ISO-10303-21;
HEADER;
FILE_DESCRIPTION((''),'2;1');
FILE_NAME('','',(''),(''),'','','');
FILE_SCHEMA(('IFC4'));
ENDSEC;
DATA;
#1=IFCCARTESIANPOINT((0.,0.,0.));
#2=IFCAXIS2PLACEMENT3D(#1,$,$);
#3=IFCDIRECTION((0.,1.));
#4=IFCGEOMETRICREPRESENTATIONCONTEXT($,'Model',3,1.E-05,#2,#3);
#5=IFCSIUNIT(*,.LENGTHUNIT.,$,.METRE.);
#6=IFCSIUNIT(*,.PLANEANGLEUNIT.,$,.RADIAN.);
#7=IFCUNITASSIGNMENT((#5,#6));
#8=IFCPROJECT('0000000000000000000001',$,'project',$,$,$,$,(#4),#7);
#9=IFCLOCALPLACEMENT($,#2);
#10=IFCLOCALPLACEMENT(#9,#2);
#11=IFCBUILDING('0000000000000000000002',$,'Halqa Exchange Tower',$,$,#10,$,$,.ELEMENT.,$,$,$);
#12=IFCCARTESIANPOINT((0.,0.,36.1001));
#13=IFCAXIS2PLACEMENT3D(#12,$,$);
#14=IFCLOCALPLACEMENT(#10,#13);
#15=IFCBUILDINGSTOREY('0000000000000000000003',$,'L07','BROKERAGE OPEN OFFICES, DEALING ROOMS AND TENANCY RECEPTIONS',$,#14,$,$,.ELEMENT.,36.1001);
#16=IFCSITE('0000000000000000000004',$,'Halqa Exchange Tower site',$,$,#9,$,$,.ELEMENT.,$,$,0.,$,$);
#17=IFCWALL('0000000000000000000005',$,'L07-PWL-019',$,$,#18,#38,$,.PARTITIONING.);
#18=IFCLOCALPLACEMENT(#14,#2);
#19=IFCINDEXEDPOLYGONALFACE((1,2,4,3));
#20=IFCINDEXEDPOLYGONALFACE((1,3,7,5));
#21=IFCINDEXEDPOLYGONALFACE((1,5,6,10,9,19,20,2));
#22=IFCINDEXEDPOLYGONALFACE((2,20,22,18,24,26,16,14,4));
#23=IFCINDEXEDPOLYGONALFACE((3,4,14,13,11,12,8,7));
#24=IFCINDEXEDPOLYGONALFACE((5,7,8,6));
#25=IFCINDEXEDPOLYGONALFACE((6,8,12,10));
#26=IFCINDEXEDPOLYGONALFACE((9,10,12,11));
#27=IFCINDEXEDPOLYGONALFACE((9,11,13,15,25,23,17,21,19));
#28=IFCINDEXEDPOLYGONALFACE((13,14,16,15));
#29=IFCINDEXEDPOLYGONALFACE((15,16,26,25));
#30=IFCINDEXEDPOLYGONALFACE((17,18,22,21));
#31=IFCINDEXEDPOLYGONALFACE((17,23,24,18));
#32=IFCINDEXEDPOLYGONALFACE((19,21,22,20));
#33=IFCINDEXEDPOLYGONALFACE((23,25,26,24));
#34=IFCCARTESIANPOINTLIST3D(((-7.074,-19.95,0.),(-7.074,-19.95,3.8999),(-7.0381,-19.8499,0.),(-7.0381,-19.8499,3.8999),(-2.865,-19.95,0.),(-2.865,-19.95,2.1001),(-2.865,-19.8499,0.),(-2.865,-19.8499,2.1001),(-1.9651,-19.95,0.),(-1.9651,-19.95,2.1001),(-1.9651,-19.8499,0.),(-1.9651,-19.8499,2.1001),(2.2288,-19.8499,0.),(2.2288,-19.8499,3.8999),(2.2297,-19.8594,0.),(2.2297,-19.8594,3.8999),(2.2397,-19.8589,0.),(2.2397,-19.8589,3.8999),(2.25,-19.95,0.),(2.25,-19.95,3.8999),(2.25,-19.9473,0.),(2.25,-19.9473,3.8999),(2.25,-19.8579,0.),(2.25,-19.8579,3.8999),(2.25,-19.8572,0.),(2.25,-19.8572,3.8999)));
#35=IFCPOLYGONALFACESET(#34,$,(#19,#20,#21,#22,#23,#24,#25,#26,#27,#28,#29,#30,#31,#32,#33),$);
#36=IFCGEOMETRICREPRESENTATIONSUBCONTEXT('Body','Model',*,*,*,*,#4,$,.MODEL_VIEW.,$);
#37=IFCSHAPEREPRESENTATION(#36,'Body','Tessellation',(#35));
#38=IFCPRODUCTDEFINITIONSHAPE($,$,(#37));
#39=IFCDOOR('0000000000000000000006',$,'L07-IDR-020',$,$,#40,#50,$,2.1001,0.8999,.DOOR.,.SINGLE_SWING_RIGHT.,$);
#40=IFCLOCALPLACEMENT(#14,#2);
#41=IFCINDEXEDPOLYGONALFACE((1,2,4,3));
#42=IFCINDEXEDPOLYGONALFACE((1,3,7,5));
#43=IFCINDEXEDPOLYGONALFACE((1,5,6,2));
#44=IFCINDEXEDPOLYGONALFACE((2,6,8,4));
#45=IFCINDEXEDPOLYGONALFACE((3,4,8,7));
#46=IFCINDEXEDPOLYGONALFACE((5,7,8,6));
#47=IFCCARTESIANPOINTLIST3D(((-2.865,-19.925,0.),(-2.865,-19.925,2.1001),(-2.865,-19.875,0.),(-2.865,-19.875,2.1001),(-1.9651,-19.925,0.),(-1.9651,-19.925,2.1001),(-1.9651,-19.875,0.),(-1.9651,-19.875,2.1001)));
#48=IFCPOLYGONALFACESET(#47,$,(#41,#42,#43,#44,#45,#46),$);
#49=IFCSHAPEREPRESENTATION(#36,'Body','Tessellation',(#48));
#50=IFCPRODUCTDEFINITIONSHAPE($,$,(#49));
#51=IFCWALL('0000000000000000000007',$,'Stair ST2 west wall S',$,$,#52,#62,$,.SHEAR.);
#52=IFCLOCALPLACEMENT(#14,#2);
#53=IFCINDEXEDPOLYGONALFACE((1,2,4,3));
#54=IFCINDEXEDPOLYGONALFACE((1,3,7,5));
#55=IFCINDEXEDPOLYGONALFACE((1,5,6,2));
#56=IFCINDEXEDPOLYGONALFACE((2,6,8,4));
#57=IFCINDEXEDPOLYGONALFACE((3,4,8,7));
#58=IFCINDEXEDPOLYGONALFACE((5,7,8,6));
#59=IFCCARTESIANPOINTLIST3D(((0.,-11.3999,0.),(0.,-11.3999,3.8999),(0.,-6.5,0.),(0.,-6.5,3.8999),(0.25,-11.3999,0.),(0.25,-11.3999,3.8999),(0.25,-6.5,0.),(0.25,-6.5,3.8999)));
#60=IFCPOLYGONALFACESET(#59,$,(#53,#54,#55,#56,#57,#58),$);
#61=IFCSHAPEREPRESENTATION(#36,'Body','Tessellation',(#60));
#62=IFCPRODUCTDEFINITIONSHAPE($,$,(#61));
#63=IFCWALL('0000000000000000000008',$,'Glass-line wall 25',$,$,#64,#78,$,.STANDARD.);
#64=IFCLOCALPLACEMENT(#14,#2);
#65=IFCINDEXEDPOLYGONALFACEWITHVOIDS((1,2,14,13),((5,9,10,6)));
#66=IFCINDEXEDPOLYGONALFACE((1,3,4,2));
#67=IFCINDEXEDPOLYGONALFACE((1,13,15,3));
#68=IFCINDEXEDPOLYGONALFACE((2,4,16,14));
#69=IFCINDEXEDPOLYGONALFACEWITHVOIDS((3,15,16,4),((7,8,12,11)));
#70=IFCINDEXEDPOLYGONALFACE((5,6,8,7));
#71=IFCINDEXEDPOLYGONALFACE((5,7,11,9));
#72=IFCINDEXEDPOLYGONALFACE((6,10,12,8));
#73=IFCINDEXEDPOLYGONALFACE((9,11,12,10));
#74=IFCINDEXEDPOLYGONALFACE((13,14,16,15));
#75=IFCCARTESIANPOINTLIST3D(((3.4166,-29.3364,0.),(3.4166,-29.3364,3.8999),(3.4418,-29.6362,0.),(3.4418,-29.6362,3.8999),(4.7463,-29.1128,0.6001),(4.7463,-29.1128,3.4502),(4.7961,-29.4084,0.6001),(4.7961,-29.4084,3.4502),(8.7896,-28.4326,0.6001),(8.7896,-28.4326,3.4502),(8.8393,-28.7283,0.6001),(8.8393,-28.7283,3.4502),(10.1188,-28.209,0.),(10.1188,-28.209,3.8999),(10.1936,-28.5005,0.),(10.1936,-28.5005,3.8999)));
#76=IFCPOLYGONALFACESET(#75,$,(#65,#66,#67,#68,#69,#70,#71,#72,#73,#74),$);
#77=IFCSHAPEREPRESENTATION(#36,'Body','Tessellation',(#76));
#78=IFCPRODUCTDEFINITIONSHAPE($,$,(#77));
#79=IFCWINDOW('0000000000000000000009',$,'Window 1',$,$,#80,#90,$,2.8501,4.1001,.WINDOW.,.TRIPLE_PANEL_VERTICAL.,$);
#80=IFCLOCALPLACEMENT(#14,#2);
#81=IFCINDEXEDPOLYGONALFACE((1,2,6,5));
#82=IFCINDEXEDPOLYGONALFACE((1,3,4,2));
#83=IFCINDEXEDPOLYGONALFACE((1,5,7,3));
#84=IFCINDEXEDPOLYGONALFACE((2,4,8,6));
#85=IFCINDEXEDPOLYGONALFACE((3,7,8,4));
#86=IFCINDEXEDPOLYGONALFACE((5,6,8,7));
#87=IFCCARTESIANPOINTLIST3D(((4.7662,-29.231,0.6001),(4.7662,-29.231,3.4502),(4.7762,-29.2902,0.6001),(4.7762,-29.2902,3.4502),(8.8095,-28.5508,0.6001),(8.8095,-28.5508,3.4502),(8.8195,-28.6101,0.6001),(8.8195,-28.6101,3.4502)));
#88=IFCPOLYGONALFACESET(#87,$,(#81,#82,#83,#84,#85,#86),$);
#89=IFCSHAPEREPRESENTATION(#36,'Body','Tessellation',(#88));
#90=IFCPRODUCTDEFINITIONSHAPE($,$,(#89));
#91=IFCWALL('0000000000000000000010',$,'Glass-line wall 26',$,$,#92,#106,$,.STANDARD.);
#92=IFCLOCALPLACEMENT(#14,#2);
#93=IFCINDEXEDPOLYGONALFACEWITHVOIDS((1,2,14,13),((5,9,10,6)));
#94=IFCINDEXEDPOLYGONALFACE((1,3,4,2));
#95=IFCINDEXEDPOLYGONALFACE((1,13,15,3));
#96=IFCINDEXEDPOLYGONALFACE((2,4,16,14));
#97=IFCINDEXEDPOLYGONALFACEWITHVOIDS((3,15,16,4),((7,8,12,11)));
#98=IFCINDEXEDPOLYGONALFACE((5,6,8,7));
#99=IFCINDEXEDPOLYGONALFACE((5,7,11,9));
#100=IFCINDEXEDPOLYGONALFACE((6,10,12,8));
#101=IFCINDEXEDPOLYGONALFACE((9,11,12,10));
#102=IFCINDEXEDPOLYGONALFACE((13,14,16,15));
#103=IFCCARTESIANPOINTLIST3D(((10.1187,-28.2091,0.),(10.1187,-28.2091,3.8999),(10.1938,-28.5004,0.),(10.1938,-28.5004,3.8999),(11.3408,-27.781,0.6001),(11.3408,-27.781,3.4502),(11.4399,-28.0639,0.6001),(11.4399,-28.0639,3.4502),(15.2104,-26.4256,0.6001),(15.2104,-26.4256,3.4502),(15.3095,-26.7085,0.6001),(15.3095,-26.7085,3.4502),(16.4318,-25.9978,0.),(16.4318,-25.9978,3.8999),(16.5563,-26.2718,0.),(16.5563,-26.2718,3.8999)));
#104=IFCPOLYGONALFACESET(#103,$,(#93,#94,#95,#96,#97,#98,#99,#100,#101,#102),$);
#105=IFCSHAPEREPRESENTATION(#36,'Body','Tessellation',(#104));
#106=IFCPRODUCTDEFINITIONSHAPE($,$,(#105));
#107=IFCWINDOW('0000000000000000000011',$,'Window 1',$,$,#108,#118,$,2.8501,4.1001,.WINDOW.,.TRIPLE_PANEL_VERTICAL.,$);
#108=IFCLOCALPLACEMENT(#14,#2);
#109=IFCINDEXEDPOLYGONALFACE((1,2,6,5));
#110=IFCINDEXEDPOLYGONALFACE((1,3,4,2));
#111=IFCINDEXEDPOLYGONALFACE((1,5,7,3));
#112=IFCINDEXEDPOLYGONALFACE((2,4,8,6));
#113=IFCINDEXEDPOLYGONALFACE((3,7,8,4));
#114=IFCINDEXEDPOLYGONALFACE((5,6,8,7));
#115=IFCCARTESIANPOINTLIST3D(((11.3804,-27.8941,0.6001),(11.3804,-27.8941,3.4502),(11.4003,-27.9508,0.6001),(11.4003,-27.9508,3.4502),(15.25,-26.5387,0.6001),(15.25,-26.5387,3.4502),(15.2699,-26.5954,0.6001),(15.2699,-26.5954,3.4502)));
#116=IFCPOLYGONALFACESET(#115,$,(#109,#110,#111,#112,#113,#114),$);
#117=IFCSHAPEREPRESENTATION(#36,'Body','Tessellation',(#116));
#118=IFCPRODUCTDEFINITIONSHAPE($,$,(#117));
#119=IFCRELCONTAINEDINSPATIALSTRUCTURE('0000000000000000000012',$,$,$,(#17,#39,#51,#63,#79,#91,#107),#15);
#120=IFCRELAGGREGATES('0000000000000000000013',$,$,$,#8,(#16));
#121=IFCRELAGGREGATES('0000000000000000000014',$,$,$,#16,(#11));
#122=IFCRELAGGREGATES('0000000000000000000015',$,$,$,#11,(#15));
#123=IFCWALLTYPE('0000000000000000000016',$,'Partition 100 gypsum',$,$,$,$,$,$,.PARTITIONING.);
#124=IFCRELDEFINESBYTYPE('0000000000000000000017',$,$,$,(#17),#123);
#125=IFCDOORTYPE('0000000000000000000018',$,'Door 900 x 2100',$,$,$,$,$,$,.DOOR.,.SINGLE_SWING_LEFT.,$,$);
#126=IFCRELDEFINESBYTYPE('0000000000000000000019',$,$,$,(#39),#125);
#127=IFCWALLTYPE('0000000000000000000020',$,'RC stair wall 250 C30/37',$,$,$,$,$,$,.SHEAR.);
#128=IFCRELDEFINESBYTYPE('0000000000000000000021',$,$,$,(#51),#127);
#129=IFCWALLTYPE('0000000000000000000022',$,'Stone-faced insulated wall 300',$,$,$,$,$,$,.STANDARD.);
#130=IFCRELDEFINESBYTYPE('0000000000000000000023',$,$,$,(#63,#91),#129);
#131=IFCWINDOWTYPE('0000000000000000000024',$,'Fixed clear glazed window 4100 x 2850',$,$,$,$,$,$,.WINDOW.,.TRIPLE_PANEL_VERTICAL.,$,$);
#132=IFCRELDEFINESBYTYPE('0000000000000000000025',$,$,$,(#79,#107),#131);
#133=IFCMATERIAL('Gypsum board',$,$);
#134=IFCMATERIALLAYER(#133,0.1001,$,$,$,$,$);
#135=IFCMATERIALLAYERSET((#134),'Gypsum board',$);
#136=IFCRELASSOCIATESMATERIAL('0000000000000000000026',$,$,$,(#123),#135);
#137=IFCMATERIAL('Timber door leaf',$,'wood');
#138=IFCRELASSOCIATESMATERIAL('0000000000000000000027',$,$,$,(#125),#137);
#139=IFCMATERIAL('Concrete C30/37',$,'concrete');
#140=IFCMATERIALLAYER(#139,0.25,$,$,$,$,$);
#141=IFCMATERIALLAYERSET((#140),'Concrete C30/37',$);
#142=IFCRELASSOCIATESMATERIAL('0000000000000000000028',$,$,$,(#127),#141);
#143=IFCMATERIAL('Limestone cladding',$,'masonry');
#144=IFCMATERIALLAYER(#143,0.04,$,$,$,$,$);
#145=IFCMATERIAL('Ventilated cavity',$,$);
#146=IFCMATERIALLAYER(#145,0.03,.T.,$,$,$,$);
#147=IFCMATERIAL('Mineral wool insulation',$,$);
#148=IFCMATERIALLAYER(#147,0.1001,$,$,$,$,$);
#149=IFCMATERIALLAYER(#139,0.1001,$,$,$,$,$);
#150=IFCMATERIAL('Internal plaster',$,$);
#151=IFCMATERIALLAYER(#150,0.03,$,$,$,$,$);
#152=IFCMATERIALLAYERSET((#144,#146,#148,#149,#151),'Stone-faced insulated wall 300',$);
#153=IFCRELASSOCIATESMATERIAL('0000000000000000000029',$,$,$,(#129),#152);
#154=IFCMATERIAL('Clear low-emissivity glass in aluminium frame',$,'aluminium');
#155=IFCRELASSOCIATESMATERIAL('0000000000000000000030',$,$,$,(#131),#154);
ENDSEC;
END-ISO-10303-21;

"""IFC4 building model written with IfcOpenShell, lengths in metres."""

from ifc_helpers import new_model, si_unit, direction, frame, frame_2d, origin, place, context, subcontext, project, spatial, polyline, rectangle, outline, extrude, material, layer, layer_set, type_object, element, fill, save


model = new_model("IFC4")

# Units and contexts
model_context = context("Model", 3, precision=1e-05, world=origin(), true_north=direction((0.0, 1.0)))
body_context = subcontext(model_context, "Body", "Model", "MODEL_VIEW")
ifc_project = project(units=[si_unit("LENGTHUNIT", "METRE"), si_unit("PLANEANGLEUNIT", "RADIAN")], contexts=[model_context])

# Site, building, storey
site_placement = place(None, origin())
site = spatial("IfcSite", under=ifc_project, at=site_placement, Name="Halqa Exchange Tower site", CompositionType="ELEMENT", RefElevation=0.0)
building_placement = place(site_placement, origin())
building = spatial("IfcBuilding", under=site, at=building_placement, Name="Halqa Exchange Tower", CompositionType="ELEMENT")
storey_placement = place(building_placement, frame((0.0, 0.0, 36.1001)))
storey = spatial("IfcBuildingStorey", under=building, at=storey_placement, Name="L07", Description="BROKERAGE OPEN OFFICES, DEALING ROOMS AND TENANCY RECEPTIONS", CompositionType="ELEMENT", Elevation=36.1001)

# Wall, opening, door
ifc_material_1 = material(Name="Gypsum board")
ifc_layer_1 = layer(ifc_material_1, 0.1001)
ifc_layer_set_1 = layer_set([ifc_layer_1], Name="Gypsum board")
wall_type_1 = type_object("IfcWallType", Name="Partition 100 gypsum", PredefinedType="PARTITIONING", material=ifc_layer_set_1)
wall_1_placement = place(storey_placement, frame((2.25, -19.8999, 0.0), z_axis=(0.0, 0.0, 1.0), x_axis=(-1.0, 0.0, 0.0)))
wall_1 = element("IfcWall", 1, at=wall_1_placement, inside=storey, type_object=wall_type_1, Name="L07-PWL-019", PredefinedType="PARTITIONING", context=body_context, shape_type="SweptSolid", body=[
    extrude(outline(polyline([(0.0212, -0.05), (1.8748, -0.05), (3.728, -0.05), (5.5813, -0.05), (7.4348, -0.05), (9.2881, -0.05), (9.324, 0.05), (9.324, 0.05), (7.4592, 0.05), (5.5945, 0.05), (3.7295, 0.05), (1.8647, 0.05), (0.0, 0.05), (0.0, 0.0474), (0.0103, -0.041), (0.0, -0.042), (0.0, -0.0427), (0.0203, -0.0405), (0.0212, -0.05)])), origin(), (0.0, 0.0, 1.0), 3.8999),
])
opening_1_placement = place(wall_1_placement, frame((4.2151, 0.0, 0.0)))
opening_1 = element("IfcOpeningElement", 2, at=opening_1_placement, cuts=wall_1, PredefinedType="OPENING", context=body_context, shape_type="SweptSolid", body=[
    extrude(rectangle(XDim=0.8999, YDim=2.1001, at=frame_2d((0.45, 1.05))), frame((0.0, 0.062, 0.0), z_axis=(0.0, -1.0, 0.0), x_axis=(1.0, 0.0, 0.0)), (0.0, 0.0, 1.0), 0.124),
])
ifc_material_2 = material(Name="Timber door leaf", Category="wood")
door_type = type_object("IfcDoorType", Name="Door 900 x 2100", OperationType="SINGLE_SWING_LEFT", PredefinedType="DOOR", material=ifc_material_2)
door_placement = place(opening_1_placement, frame((0.8999, 0.0, 0.0), z_axis=(0.0, 0.0, 1.0), x_axis=(-1.0, 0.0, 0.0)))
door = element("IfcDoor", 3, at=door_placement, inside=storey, type_object=door_type, Name="L07-IDR-020", OperationType="SINGLE_SWING_RIGHT", OverallHeight=2.1001, OverallWidth=0.8999, PredefinedType="DOOR", context=body_context, shape_type="SweptSolid", body=[
    extrude(rectangle(XDim=0.8999, YDim=2.1001, at=frame_2d((0.45, 1.05))), frame((0.0, 0.0249, 0.0), z_axis=(0.0, -1.0, 0.0), x_axis=(1.0, 0.0, 0.0)), (0.0, 0.0, 1.0), 0.05),
])
fill(opening_1, door)

# Wall
ifc_material_3 = material(Name="Concrete C30/37", Category="concrete")
ifc_layer_2 = layer(ifc_material_3, 0.25)
ifc_layer_set_2 = layer_set([ifc_layer_2], Name="Concrete C30/37")
wall_type_2 = type_object("IfcWallType", Name="RC stair wall 250 C30/37", PredefinedType="SHEAR", material=ifc_layer_set_2)
wall_2_placement = place(storey_placement, frame((0.125, -11.3999, 0.0), z_axis=(0.0, 0.0, 1.0), x_axis=(0.0, 1.0, 0.0)))
element("IfcWall", 4, at=wall_2_placement, inside=storey, type_object=wall_type_2, Name="Stair ST2 west wall S", PredefinedType="SHEAR", context=body_context, shape_type="SweptSolid", body=[
    extrude(rectangle(XDim=4.8999, YDim=0.25, at=frame_2d((2.45, 0.0))), origin(), (0.0, 0.0, 1.0), 3.8999),
])

# Walls, openings, windows
ifc_material_4 = material(Name="Limestone cladding", Category="masonry")
ifc_layer_3 = layer(ifc_material_4, 0.04)
ifc_material_5 = material(Name="Ventilated cavity")
ifc_layer_4 = layer(ifc_material_5, 0.03, ventilated=True)
ifc_material_6 = material(Name="Mineral wool insulation")
ifc_layer_5 = layer(ifc_material_6, 0.1001)
ifc_layer_6 = layer(ifc_material_3, 0.1001)
ifc_material_7 = material(Name="Internal plaster")
ifc_layer_7 = layer(ifc_material_7, 0.03)
ifc_layer_set_3 = layer_set([ifc_layer_3, ifc_layer_4, ifc_layer_5, ifc_layer_6, ifc_layer_7], Name="Stone-faced insulated wall 300")
wall_type_3 = type_object("IfcWallType", Name="Stone-faced insulated wall 300", PredefinedType="STANDARD", material=ifc_layer_set_3)
wall_3_placement = place(storey_placement, frame((3.4292, -29.4863, 0.0), z_axis=(0.0, 0.0, 1.0), x_axis=(0.986145, 0.165885, 0.0)))
wall_3 = element("IfcWall", 5, at=wall_3_placement, inside=storey, type_object=wall_type_3, Name="Glass-line wall 25", PredefinedType="STANDARD", context=body_context, shape_type="SweptSolid", body=[
    extrude(outline(polyline([(-0.0125, -0.1499), (6.8342, -0.1499), (6.8088, 0.1499), (0.0125, 0.1499), (-0.0125, -0.1499)])), origin(), (0.0, 0.0, 1.0), 3.8999),
])
opening_2_placement = place(wall_3_placement, frame((1.3608, 0.0, 0.6001)))
opening_2 = element("IfcOpeningElement", 6, at=opening_2_placement, cuts=wall_3, PredefinedType="OPENING", context=body_context, shape_type="SweptSolid", body=[
    extrude(rectangle(XDim=4.1001, YDim=2.8501, at=frame_2d((2.05, 1.425))), frame((0.0, 0.1621, 0.0), z_axis=(0.0, -1.0, 0.0), x_axis=(1.0, 0.0, 0.0)), (0.0, 0.0, 1.0), 0.324),
])
ifc_material_8 = material(Name="Clear low-emissivity glass in aluminium frame", Category="aluminium")
window_type = type_object("IfcWindowType", Name="Fixed clear glazed window 4100 x 2850", PartitioningType="TRIPLE_PANEL_VERTICAL", PredefinedType="WINDOW", material=ifc_material_8)
window_1_placement = place(opening_2_placement, origin())
window_1 = element("IfcWindow", 7, at=window_1_placement, inside=storey, type_object=window_type, Name="Window 1", OverallHeight=2.8501, OverallWidth=4.1001, PartitioningType="TRIPLE_PANEL_VERTICAL", PredefinedType="WINDOW", context=body_context, shape_type="SweptSolid", body=[
    extrude(rectangle(XDim=4.1001, YDim=2.8501, at=frame_2d((2.05, 1.425))), frame((0.0, 0.03, 0.0), z_axis=(0.0, -1.0, 0.0), x_axis=(1.0, 0.0, 0.0)), (0.0, 0.0, 1.0), 0.0601),
])
fill(opening_2, window_1)
wall_4_placement = place(storey_placement, frame((10.1562, -28.3547, 0.0), z_axis=(0.0, 0.0, 1.0), x_axis=(0.943779, 0.330577, 0.0)))
wall_4 = element("IfcWall", 8, at=wall_4_placement, inside=storey, type_object=wall_type_3, Name="Glass-line wall 26", PredefinedType="STANDARD", context=body_context, shape_type="SweptSolid", body=[
    extrude(outline(polyline([(-0.0127, -0.1499), (6.7288, -0.1499), (6.7019, 0.1499), (0.0127, 0.1499), (-0.0127, -0.1499)])), origin(), (0.0, 0.0, 1.0), 3.8999),
])
opening_3_placement = place(wall_4_placement, frame((1.3076, 0.0, 0.6001)))
opening_3 = element("IfcOpeningElement", 9, at=opening_3_placement, cuts=wall_4, PredefinedType="OPENING", context=body_context, shape_type="SweptSolid", body=[
    extrude(rectangle(XDim=4.1001, YDim=2.8501, at=frame_2d((2.05, 1.425))), frame((0.0, 0.1621, 0.0), z_axis=(0.0, -1.0, 0.0), x_axis=(1.0, 0.0, 0.0)), (0.0, 0.0, 1.0), 0.324),
])
window_2_placement = place(opening_3_placement, origin())
window_2 = element("IfcWindow", 10, at=window_2_placement, inside=storey, type_object=window_type, Name="Window 1", OverallHeight=2.8501, OverallWidth=4.1001, PartitioningType="TRIPLE_PANEL_VERTICAL", PredefinedType="WINDOW", context=body_context, shape_type="SweptSolid", body=[
    extrude(rectangle(XDim=4.1001, YDim=2.8501, at=frame_2d((2.05, 1.425))), frame((0.0, 0.03, 0.0), z_axis=(0.0, -1.0, 0.0), x_axis=(1.0, 0.0, 0.0)), (0.0, 0.0, 1.0), 0.0601),
])
fill(opening_3, window_2)

save(model, "model.ifc")
